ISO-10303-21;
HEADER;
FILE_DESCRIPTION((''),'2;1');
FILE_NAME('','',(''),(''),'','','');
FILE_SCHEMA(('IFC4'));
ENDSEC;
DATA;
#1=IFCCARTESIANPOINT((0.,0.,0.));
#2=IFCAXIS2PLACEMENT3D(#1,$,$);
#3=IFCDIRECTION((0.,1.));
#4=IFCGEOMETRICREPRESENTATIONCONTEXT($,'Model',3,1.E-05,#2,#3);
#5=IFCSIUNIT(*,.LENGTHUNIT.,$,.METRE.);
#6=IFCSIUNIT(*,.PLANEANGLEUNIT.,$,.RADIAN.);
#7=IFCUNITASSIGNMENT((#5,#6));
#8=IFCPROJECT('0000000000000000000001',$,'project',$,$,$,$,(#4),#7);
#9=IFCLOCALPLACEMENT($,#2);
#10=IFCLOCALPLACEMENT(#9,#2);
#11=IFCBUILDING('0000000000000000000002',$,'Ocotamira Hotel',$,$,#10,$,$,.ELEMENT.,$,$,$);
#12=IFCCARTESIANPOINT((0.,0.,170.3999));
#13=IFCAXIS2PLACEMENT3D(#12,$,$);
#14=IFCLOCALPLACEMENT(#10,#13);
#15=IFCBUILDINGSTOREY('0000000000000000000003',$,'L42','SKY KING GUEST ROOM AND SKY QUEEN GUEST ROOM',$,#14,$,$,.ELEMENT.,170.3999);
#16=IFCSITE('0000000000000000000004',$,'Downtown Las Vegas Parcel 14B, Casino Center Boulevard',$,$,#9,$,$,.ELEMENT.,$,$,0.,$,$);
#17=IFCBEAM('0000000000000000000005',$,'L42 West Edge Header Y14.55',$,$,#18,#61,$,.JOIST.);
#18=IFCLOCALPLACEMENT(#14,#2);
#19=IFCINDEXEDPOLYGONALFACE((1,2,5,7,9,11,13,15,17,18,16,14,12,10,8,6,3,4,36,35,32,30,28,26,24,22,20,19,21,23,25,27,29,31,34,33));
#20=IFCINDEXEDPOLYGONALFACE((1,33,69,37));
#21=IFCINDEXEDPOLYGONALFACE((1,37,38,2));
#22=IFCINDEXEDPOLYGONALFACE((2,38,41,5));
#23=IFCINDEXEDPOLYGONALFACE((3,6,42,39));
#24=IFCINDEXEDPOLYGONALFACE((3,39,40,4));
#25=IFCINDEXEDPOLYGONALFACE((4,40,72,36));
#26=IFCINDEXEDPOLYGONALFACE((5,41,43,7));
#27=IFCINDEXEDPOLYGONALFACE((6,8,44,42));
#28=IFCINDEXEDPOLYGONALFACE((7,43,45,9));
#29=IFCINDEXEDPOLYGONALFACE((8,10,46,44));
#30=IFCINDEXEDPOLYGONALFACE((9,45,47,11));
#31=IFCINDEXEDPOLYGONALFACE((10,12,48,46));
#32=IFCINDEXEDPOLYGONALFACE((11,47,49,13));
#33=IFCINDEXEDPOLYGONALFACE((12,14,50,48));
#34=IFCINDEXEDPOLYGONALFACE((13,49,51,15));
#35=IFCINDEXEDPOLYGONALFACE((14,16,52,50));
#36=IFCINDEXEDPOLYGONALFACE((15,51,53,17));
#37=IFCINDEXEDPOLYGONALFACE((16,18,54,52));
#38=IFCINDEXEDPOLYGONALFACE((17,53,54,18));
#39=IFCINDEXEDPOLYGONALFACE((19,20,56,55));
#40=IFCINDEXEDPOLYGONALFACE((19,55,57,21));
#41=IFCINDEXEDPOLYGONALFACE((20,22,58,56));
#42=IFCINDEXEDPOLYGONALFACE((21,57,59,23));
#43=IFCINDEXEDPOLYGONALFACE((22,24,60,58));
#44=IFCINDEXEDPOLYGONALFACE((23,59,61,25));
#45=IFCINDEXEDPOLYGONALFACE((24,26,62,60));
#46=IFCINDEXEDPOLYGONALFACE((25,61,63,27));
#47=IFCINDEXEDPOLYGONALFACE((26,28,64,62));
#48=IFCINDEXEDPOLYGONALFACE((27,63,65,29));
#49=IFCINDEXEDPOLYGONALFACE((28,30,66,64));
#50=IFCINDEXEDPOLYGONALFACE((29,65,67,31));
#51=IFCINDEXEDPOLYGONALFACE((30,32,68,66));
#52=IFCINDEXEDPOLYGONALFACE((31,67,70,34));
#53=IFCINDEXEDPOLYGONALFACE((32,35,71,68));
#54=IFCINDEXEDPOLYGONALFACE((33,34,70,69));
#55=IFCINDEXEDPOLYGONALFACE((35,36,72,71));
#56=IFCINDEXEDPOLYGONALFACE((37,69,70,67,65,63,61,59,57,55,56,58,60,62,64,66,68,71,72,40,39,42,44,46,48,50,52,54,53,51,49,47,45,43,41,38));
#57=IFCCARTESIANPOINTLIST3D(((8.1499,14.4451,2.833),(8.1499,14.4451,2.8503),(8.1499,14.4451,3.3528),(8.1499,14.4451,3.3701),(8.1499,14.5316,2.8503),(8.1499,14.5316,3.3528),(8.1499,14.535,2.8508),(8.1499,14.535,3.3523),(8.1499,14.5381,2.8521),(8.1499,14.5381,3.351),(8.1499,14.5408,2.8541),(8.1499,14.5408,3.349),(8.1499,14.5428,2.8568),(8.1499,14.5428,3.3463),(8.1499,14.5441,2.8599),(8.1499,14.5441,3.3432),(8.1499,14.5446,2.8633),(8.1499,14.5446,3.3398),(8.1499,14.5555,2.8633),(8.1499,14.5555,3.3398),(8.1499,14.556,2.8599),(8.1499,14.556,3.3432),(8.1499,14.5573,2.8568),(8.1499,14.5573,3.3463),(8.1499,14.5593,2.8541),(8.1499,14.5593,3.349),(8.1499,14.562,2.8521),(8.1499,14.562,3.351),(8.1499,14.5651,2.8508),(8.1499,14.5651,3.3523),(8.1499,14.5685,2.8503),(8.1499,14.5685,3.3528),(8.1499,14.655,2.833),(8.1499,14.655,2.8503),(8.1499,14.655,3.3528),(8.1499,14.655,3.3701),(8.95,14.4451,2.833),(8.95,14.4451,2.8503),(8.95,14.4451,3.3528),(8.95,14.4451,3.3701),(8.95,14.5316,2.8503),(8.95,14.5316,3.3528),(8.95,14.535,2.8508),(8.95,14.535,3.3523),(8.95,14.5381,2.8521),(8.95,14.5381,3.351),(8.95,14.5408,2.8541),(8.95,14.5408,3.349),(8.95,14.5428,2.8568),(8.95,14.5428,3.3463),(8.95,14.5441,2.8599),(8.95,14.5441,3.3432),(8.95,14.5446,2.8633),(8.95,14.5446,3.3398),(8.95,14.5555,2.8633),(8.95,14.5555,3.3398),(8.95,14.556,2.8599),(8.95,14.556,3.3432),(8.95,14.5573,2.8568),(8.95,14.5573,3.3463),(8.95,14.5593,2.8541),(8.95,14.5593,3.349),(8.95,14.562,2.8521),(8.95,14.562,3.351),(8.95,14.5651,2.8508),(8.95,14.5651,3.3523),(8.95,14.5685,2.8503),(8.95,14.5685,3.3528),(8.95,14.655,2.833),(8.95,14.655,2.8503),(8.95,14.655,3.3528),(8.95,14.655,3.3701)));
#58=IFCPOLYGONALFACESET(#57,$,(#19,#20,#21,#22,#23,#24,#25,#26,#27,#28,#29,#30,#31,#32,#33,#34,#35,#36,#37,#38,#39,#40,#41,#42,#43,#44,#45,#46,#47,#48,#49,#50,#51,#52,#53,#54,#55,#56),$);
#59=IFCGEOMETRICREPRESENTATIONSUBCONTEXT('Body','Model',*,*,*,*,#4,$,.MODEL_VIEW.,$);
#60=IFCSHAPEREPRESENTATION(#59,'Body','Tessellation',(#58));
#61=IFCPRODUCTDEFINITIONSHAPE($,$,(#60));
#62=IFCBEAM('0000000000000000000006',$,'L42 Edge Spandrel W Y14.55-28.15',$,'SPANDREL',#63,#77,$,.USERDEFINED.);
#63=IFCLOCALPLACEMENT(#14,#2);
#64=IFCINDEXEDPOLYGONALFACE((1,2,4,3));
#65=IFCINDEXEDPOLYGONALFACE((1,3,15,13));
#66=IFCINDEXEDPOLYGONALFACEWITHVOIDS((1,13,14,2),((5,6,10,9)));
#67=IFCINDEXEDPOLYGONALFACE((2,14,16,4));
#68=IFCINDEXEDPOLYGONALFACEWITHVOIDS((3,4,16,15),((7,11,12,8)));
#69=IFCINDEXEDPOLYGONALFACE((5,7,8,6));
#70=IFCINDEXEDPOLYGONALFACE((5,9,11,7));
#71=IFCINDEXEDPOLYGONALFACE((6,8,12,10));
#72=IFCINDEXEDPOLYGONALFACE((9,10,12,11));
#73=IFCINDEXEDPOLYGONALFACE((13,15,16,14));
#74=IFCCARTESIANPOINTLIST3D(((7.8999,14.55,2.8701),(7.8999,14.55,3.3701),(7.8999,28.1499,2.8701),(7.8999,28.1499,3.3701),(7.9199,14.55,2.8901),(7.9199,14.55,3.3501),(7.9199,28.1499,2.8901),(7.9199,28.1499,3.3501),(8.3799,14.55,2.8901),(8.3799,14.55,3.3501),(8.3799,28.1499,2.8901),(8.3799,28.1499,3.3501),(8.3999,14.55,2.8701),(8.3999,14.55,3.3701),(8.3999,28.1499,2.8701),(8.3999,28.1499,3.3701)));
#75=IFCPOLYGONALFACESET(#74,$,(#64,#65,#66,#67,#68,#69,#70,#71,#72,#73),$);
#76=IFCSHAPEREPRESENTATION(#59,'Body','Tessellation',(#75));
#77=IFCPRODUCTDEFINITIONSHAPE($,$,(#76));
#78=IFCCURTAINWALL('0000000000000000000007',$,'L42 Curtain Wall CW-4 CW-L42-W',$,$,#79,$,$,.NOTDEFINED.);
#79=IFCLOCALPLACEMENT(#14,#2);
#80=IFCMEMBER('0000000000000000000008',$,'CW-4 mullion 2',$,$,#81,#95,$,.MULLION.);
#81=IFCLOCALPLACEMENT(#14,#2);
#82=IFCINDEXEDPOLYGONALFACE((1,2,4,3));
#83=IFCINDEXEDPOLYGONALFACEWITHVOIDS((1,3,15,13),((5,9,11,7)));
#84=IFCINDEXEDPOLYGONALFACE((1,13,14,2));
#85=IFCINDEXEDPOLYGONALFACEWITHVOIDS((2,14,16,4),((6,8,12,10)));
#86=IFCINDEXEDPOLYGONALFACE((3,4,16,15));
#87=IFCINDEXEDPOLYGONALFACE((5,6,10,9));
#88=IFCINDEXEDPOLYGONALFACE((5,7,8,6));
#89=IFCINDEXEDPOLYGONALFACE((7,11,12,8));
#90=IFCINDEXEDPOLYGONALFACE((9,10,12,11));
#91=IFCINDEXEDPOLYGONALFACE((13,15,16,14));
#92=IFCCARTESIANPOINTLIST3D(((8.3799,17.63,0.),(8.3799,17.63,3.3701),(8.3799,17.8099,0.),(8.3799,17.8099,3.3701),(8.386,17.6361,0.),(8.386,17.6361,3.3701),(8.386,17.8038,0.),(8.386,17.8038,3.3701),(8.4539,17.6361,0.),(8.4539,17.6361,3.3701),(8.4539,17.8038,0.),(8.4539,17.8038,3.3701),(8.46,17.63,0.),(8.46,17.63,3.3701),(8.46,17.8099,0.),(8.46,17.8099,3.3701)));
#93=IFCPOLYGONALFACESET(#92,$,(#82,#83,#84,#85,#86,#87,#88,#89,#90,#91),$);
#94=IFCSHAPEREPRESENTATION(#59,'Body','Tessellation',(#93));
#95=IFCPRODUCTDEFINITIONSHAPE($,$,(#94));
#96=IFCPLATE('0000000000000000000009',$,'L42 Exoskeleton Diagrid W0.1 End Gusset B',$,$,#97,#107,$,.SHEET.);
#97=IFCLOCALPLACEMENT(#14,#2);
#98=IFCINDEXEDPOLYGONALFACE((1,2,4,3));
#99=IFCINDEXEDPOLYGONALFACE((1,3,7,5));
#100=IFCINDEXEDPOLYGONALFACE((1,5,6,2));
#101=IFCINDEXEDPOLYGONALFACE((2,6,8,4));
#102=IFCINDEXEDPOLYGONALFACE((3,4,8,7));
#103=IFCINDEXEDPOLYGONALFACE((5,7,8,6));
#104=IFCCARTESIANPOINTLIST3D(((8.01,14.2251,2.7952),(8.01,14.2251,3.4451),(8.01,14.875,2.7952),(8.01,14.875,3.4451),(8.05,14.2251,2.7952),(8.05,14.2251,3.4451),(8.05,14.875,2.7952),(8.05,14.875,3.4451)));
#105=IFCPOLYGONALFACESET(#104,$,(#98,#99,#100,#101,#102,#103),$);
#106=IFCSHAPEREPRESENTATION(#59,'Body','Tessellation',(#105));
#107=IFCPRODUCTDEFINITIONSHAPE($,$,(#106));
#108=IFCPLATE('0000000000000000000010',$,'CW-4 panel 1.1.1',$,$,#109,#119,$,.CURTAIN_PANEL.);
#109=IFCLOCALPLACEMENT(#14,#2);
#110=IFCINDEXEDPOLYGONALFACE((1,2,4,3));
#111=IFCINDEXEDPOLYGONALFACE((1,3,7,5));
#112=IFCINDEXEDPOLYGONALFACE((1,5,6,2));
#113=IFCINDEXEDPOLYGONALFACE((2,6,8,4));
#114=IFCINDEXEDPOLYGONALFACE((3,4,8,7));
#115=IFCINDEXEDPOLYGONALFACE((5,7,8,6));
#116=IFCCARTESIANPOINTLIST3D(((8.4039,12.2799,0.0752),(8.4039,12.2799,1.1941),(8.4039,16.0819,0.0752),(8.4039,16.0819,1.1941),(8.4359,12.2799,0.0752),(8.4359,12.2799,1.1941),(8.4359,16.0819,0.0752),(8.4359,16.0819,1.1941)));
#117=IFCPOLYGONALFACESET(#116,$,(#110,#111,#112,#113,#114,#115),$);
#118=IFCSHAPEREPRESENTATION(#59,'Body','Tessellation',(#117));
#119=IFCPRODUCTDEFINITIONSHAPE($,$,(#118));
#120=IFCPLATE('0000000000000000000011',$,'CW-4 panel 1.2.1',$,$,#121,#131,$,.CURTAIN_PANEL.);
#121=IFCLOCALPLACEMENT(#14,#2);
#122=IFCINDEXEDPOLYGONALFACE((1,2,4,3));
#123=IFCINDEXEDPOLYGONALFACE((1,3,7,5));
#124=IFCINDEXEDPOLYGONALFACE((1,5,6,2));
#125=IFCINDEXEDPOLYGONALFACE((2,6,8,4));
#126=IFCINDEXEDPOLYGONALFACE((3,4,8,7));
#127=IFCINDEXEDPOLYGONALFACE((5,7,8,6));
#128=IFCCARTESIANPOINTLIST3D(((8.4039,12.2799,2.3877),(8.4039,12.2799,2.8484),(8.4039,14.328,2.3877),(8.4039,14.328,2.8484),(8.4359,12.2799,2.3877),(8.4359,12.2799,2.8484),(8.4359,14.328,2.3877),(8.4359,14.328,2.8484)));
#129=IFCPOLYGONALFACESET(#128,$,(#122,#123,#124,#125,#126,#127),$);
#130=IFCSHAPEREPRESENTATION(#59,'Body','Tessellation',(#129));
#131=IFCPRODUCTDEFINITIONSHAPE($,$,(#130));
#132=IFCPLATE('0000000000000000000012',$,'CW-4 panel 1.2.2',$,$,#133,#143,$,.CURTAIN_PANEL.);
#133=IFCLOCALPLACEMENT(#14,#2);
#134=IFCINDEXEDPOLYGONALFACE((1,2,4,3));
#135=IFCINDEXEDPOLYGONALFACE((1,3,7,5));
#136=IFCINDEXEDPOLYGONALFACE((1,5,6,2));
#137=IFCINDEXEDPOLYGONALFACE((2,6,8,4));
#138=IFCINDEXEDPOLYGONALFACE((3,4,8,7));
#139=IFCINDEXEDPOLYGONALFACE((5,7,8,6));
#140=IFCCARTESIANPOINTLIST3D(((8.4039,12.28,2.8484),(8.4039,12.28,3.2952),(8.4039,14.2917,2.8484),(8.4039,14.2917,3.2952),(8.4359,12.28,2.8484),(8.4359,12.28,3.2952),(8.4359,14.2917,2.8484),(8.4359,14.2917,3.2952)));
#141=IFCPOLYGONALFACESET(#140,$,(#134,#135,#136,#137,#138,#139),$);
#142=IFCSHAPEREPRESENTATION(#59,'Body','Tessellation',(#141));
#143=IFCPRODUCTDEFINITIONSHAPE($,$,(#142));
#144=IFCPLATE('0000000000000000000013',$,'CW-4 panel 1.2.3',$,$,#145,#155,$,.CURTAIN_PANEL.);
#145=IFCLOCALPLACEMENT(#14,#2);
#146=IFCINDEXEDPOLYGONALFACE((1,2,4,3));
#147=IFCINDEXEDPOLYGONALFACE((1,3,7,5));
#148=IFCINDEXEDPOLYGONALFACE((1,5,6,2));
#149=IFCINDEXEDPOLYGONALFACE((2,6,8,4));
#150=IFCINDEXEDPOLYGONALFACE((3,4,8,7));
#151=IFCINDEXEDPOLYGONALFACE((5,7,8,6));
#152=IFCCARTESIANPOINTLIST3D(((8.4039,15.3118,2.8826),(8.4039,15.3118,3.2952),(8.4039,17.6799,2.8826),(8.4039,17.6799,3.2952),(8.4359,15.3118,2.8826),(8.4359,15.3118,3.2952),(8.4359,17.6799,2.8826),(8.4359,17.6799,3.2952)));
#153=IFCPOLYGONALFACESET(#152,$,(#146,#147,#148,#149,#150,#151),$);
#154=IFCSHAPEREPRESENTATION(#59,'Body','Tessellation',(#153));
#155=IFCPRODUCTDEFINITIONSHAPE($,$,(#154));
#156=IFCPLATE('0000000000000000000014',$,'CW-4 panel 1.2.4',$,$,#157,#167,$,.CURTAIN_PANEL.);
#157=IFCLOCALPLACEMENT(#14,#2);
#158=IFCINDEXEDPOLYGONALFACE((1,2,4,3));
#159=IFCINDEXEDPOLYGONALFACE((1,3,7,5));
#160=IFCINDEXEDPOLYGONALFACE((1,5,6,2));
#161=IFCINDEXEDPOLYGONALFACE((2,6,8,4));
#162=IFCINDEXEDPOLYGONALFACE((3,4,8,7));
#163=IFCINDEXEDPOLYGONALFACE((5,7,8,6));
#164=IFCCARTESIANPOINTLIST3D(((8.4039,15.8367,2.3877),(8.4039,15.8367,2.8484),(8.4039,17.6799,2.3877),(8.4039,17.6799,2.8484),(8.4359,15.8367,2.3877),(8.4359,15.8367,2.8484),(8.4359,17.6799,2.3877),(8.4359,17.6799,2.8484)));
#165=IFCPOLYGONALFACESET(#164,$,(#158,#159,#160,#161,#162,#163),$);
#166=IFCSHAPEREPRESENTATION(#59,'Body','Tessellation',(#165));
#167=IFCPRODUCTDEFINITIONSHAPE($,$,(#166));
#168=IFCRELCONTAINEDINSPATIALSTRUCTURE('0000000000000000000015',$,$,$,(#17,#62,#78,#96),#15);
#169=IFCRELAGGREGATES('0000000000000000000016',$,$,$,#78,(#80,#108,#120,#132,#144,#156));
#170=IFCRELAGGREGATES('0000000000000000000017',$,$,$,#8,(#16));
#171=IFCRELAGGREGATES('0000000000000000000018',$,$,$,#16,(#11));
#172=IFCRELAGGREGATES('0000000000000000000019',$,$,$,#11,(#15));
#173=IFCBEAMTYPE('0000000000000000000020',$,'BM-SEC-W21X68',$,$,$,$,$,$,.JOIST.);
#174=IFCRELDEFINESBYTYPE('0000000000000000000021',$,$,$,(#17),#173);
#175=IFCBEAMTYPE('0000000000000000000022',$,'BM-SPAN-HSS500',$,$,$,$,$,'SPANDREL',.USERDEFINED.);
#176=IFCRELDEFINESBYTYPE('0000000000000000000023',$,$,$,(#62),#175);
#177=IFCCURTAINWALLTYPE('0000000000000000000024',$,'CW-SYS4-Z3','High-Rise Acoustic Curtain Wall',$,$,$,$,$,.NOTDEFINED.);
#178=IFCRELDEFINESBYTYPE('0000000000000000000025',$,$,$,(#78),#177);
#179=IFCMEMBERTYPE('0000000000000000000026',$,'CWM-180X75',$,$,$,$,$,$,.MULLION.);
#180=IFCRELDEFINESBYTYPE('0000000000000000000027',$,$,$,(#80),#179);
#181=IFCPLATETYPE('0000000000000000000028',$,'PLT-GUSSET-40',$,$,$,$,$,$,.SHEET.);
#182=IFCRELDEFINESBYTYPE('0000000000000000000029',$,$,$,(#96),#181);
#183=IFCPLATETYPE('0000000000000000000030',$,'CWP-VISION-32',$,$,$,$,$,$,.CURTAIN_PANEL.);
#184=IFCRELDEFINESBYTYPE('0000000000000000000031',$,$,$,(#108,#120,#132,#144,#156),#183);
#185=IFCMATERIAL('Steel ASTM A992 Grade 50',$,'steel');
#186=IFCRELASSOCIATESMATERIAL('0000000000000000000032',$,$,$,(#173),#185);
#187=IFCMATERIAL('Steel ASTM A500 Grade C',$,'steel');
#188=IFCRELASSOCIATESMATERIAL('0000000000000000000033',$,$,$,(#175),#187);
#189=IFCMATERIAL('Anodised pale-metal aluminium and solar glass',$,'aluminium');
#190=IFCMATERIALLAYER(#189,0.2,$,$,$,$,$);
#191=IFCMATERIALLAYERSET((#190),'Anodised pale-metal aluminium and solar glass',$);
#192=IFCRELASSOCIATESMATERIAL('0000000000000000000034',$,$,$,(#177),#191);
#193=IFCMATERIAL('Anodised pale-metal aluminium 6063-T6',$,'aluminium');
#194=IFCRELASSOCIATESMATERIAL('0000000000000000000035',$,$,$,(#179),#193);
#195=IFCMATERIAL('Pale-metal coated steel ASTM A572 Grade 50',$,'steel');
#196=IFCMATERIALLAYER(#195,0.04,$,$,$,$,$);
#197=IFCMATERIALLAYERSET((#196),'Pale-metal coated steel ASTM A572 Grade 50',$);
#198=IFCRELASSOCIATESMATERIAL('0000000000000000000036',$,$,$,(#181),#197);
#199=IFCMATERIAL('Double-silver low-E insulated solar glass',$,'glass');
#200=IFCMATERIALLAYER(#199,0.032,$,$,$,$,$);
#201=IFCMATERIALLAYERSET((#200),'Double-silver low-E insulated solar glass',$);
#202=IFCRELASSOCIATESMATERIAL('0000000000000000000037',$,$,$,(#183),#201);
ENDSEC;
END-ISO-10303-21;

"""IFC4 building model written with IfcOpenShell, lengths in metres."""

from ifc_helpers import new_model, si_unit, direction, frame, origin, origin_2d, place, context, subcontext, project, spatial, rectangle, hollow_rectangle, i_section, extrude, source, transform, mapped, material, layer, layer_set, material_profile, profile_set, type_object, element, aggregate, save


model = new_model("IFC4")

# Units and contexts
model_context = context("Model", 3, precision=1e-05, world=origin(), true_north=direction((0.0, 1.0)))
body_context = subcontext(model_context, "Body", "Model", "MODEL_VIEW")
ifc_project = project(units=[si_unit("LENGTHUNIT", "METRE"), si_unit("PLANEANGLEUNIT", "RADIAN")], contexts=[model_context])

# Site, building, storey
site_placement = place(None, origin())
site = spatial("IfcSite", under=ifc_project, at=site_placement, Name="Downtown Las Vegas Parcel 14B, Casino Center Boulevard", CompositionType="ELEMENT", RefElevation=0.0)
building_placement = place(site_placement, origin())
building = spatial("IfcBuilding", under=site, at=building_placement, Name="Ocotamira Hotel", CompositionType="ELEMENT")
storey_placement = place(building_placement, frame((0.0, 0.0, 170.3999)))
storey = spatial("IfcBuildingStorey", under=building, at=storey_placement, Name="L42", Description="SKY KING GUEST ROOM AND SKY QUEEN GUEST ROOM", CompositionType="ELEMENT", Elevation=170.3999)

# Beams
ifc_material_1 = material(Name="Steel ASTM A992 Grade 50", Category="steel")
ifc_material_profile_1 = material_profile(ifc_material_1, i_section(OverallWidth=0.21, OverallDepth=0.5371, WebThickness=0.011, FlangeThickness=0.0173, FilletRadius=0.0129, at=origin_2d()), Name="W21X68")
ifc_profile_set_1 = profile_set([ifc_material_profile_1], Name="Steel ASTM A992 Grade 50")
beam_type_1 = type_object("IfcBeamType", Name="BM-SEC-W21X68", PredefinedType="JOIST", material=ifc_profile_set_1)
shared_shape_1 = source(origin(), body_context, "Body", "SweptSolid", [
    extrude(i_section(OverallWidth=0.21, OverallDepth=0.5371, WebThickness=0.011, FlangeThickness=0.0173, FilletRadius=0.0129, at=origin_2d()), origin(), (0.0, 0.0, 1.0), 0.8),
])
beam_1_placement = place(storey_placement, frame((8.95, 14.55, 3.1016), z_axis=(-1.0, 0.0, 0.0), x_axis=(0.0, -1.0, 0.0)))
element("IfcBeam", 1, at=beam_1_placement, inside=storey, type_object=beam_type_1, Name="L42 West Edge Header Y14.55", PredefinedType="JOIST", context=body_context, shape_type="MappedRepresentation", body=[
    mapped(shared_shape_1, transform((0.0, 0.0, 0.0), scale=1.0)),
])
ifc_material_2 = material(Name="Steel ASTM A500 Grade C", Category="steel")
ifc_material_profile_2 = material_profile(ifc_material_2, hollow_rectangle(XDim=0.5, YDim=0.5, WallThickness=0.02, at=origin_2d()), Name="HSS500X500X20")
ifc_profile_set_2 = profile_set([ifc_material_profile_2], Name="Steel ASTM A500 Grade C")
beam_type_2 = type_object("IfcBeamType", Name="BM-SPAN-HSS500", ElementType="SPANDREL", PredefinedType="USERDEFINED", material=ifc_profile_set_2)
shared_shape_2 = source(origin(), body_context, "Body", "SweptSolid", [
    extrude(hollow_rectangle(XDim=0.5, YDim=0.5, WallThickness=0.02, at=origin_2d()), origin(), (0.0, 0.0, 1.0), 13.5999),
])
beam_2_placement = place(storey_placement, frame((8.1499, 14.55, 3.1201), z_axis=(0.0, 1.0, 0.0), x_axis=(-1.0, 0.0, 0.0)))
element("IfcBeam", 2, at=beam_2_placement, inside=storey, type_object=beam_type_2, Name="L42 Edge Spandrel W Y14.55-28.15", ObjectType="SPANDREL", PredefinedType="USERDEFINED", context=body_context, shape_type="MappedRepresentation", body=[
    mapped(shared_shape_2, transform((0.0, 0.0, 0.0), scale=1.0)),
])

# Curtain wall, member
ifc_material_3 = material(Name="Anodised pale-metal aluminium and solar glass", Category="aluminium")
ifc_layer_1 = layer(ifc_material_3, 0.2)
ifc_layer_set_1 = layer_set([ifc_layer_1], Name="Anodised pale-metal aluminium and solar glass")
curtain_wall_type = type_object("IfcCurtainWallType", Name="CW-SYS4-Z3", Description="High-Rise Acoustic Curtain Wall", PredefinedType="NOTDEFINED", material=ifc_layer_set_1)
curtain_wall_placement = place(storey_placement, origin())
curtain_wall = element("IfcCurtainWall", 3, at=curtain_wall_placement, inside=storey, type_object=curtain_wall_type, Name="L42 Curtain Wall CW-4 CW-L42-W", PredefinedType="NOTDEFINED")
ifc_material_4 = material(Name="Anodised pale-metal aluminium 6063-T6", Category="aluminium")
ifc_material_profile_3 = material_profile(ifc_material_4, hollow_rectangle(XDim=0.0801, YDim=0.1799, WallThickness=0.0061, at=origin_2d()), Name="HSS180X80X6")
ifc_profile_set_3 = profile_set([ifc_material_profile_3], Name="Anodised pale-metal aluminium 6063-T6")
member_type = type_object("IfcMemberType", Name="CWM-180X75", PredefinedType="MULLION", material=ifc_profile_set_3)
shared_shape_3 = source(origin(), body_context, "Body", "SweptSolid", [
    extrude(hollow_rectangle(XDim=0.0801, YDim=0.1799, WallThickness=0.0061, at=origin_2d()), origin(), (0.0, 0.0, 1.0), 3.3701),
])
member_placement = place(storey_placement, frame((8.4199, 17.72, 0.0), z_axis=(0.0, 0.0, 1.0), x_axis=(-1.0, 0.0, 0.0)))
member = element("IfcMember", 4, at=member_placement, type_object=member_type, Name="CW-4 mullion 2", PredefinedType="MULLION", context=body_context, shape_type="MappedRepresentation", body=[
    mapped(shared_shape_3, transform((0.0, 0.0, 0.0), scale=1.0)),
])

# Plates
ifc_material_5 = material(Name="Pale-metal coated steel ASTM A572 Grade 50", Category="steel")
ifc_layer_2 = layer(ifc_material_5, 0.04)
ifc_layer_set_2 = layer_set([ifc_layer_2], Name="Pale-metal coated steel ASTM A572 Grade 50")
plate_type_1 = type_object("IfcPlateType", Name="PLT-GUSSET-40", PredefinedType="SHEET", material=ifc_layer_set_2)
shared_shape_4 = source(origin(), body_context, "Body", "SweptSolid", [
    extrude(rectangle(XDim=0.04, YDim=0.6499, at=origin_2d()), origin(), (0.0, 0.0, 1.0), 0.6499),
])
plate_1_placement = place(storey_placement, frame((8.03, 14.55, 2.7952), z_axis=(0.0, 0.0, 1.0), x_axis=(1.0, 0.0, 0.0)))
element("IfcPlate", 5, at=plate_1_placement, inside=storey, type_object=plate_type_1, Name="L42 Exoskeleton Diagrid W0.1 End Gusset B", PredefinedType="SHEET", context=body_context, shape_type="MappedRepresentation", body=[
    mapped(shared_shape_4, transform((0.0, 0.0, 0.0), scale=1.0)),
])
ifc_material_6 = material(Name="Double-silver low-E insulated solar glass", Category="glass")
ifc_layer_3 = layer(ifc_material_6, 0.032)
ifc_layer_set_3 = layer_set([ifc_layer_3], Name="Double-silver low-E insulated solar glass")
plate_type_2 = type_object("IfcPlateType", Name="CWP-VISION-32", PredefinedType="CURTAIN_PANEL", material=ifc_layer_set_3)
shared_shape_5 = source(origin(), body_context, "Body", "SweptSolid", [
    extrude(rectangle(XDim=3.802, YDim=0.032, at=origin_2d()), origin(), (0.0, 0.0, 1.0), 1.1189),
])
plate_2_placement = place(storey_placement, frame((8.4199, 14.1809, 0.0752), z_axis=(0.0, 0.0, 1.0), x_axis=(0.0, 1.0, 0.0)))
plate_2 = element("IfcPlate", 6, at=plate_2_placement, type_object=plate_type_2, Name="CW-4 panel 1.1.1", PredefinedType="CURTAIN_PANEL", context=body_context, shape_type="MappedRepresentation", body=[
    mapped(shared_shape_5, transform((0.0, 0.0, 0.0), scale=1.0)),
])
shared_shape_6 = source(origin(), body_context, "Body", "SweptSolid", [
    extrude(rectangle(XDim=2.0481, YDim=0.032, at=origin_2d()), origin(), (0.0, 0.0, 1.0), 0.4607),
])
plate_3_placement = place(storey_placement, frame((8.4199, 13.304, 2.3877), z_axis=(0.0, 0.0, 1.0), x_axis=(0.0, 1.0, 0.0)))
plate_3 = element("IfcPlate", 7, at=plate_3_placement, type_object=plate_type_2, Name="CW-4 panel 1.2.1", PredefinedType="CURTAIN_PANEL", context=body_context, shape_type="MappedRepresentation", body=[
    mapped(shared_shape_6, transform((0.0, 0.0, 0.0), scale=1.0)),
])
shared_shape_7 = source(origin(), body_context, "Body", "SweptSolid", [
    extrude(rectangle(XDim=2.0117, YDim=0.032, at=origin_2d()), origin(), (0.0, 0.0, 1.0), 0.4468),
])
plate_4_placement = place(storey_placement, frame((8.4199, 13.2859, 2.8484), z_axis=(0.0, 0.0, 1.0), x_axis=(0.0, 1.0, 0.0)))
plate_4 = element("IfcPlate", 8, at=plate_4_placement, type_object=plate_type_2, Name="CW-4 panel 1.2.2", PredefinedType="CURTAIN_PANEL", context=body_context, shape_type="MappedRepresentation", body=[
    mapped(shared_shape_7, transform((0.0, 0.0, 0.0), scale=1.0)),
])
shared_shape_8 = source(origin(), body_context, "Body", "SweptSolid", [
    extrude(rectangle(XDim=2.3682, YDim=0.032, at=origin_2d()), origin(), (0.0, 0.0, 1.0), 0.4126),
])
plate_5_placement = place(storey_placement, frame((8.4199, 16.4958, 2.8826), z_axis=(0.0, 0.0, 1.0), x_axis=(0.0, 1.0, 0.0)))
plate_5 = element("IfcPlate", 9, at=plate_5_placement, type_object=plate_type_2, Name="CW-4 panel 1.2.3", PredefinedType="CURTAIN_PANEL", context=body_context, shape_type="MappedRepresentation", body=[
    mapped(shared_shape_8, transform((0.0, 0.0, 0.0), scale=1.0)),
])
shared_shape_9 = source(origin(), body_context, "Body", "SweptSolid", [
    extrude(rectangle(XDim=1.8433, YDim=0.032, at=origin_2d()), origin(), (0.0, 0.0, 1.0), 0.4607),
])
plate_6_placement = place(storey_placement, frame((8.4199, 16.7583, 2.3877), z_axis=(0.0, 0.0, 1.0), x_axis=(0.0, 1.0, 0.0)))
plate_6 = element("IfcPlate", 10, at=plate_6_placement, type_object=plate_type_2, Name="CW-4 panel 1.2.4", PredefinedType="CURTAIN_PANEL", context=body_context, shape_type="MappedRepresentation", body=[
    mapped(shared_shape_9, transform((0.0, 0.0, 0.0), scale=1.0)),
])
aggregate(curtain_wall, [member, plate_2, plate_3, plate_4, plate_5, plate_6])

save(model, "model.ifc")
